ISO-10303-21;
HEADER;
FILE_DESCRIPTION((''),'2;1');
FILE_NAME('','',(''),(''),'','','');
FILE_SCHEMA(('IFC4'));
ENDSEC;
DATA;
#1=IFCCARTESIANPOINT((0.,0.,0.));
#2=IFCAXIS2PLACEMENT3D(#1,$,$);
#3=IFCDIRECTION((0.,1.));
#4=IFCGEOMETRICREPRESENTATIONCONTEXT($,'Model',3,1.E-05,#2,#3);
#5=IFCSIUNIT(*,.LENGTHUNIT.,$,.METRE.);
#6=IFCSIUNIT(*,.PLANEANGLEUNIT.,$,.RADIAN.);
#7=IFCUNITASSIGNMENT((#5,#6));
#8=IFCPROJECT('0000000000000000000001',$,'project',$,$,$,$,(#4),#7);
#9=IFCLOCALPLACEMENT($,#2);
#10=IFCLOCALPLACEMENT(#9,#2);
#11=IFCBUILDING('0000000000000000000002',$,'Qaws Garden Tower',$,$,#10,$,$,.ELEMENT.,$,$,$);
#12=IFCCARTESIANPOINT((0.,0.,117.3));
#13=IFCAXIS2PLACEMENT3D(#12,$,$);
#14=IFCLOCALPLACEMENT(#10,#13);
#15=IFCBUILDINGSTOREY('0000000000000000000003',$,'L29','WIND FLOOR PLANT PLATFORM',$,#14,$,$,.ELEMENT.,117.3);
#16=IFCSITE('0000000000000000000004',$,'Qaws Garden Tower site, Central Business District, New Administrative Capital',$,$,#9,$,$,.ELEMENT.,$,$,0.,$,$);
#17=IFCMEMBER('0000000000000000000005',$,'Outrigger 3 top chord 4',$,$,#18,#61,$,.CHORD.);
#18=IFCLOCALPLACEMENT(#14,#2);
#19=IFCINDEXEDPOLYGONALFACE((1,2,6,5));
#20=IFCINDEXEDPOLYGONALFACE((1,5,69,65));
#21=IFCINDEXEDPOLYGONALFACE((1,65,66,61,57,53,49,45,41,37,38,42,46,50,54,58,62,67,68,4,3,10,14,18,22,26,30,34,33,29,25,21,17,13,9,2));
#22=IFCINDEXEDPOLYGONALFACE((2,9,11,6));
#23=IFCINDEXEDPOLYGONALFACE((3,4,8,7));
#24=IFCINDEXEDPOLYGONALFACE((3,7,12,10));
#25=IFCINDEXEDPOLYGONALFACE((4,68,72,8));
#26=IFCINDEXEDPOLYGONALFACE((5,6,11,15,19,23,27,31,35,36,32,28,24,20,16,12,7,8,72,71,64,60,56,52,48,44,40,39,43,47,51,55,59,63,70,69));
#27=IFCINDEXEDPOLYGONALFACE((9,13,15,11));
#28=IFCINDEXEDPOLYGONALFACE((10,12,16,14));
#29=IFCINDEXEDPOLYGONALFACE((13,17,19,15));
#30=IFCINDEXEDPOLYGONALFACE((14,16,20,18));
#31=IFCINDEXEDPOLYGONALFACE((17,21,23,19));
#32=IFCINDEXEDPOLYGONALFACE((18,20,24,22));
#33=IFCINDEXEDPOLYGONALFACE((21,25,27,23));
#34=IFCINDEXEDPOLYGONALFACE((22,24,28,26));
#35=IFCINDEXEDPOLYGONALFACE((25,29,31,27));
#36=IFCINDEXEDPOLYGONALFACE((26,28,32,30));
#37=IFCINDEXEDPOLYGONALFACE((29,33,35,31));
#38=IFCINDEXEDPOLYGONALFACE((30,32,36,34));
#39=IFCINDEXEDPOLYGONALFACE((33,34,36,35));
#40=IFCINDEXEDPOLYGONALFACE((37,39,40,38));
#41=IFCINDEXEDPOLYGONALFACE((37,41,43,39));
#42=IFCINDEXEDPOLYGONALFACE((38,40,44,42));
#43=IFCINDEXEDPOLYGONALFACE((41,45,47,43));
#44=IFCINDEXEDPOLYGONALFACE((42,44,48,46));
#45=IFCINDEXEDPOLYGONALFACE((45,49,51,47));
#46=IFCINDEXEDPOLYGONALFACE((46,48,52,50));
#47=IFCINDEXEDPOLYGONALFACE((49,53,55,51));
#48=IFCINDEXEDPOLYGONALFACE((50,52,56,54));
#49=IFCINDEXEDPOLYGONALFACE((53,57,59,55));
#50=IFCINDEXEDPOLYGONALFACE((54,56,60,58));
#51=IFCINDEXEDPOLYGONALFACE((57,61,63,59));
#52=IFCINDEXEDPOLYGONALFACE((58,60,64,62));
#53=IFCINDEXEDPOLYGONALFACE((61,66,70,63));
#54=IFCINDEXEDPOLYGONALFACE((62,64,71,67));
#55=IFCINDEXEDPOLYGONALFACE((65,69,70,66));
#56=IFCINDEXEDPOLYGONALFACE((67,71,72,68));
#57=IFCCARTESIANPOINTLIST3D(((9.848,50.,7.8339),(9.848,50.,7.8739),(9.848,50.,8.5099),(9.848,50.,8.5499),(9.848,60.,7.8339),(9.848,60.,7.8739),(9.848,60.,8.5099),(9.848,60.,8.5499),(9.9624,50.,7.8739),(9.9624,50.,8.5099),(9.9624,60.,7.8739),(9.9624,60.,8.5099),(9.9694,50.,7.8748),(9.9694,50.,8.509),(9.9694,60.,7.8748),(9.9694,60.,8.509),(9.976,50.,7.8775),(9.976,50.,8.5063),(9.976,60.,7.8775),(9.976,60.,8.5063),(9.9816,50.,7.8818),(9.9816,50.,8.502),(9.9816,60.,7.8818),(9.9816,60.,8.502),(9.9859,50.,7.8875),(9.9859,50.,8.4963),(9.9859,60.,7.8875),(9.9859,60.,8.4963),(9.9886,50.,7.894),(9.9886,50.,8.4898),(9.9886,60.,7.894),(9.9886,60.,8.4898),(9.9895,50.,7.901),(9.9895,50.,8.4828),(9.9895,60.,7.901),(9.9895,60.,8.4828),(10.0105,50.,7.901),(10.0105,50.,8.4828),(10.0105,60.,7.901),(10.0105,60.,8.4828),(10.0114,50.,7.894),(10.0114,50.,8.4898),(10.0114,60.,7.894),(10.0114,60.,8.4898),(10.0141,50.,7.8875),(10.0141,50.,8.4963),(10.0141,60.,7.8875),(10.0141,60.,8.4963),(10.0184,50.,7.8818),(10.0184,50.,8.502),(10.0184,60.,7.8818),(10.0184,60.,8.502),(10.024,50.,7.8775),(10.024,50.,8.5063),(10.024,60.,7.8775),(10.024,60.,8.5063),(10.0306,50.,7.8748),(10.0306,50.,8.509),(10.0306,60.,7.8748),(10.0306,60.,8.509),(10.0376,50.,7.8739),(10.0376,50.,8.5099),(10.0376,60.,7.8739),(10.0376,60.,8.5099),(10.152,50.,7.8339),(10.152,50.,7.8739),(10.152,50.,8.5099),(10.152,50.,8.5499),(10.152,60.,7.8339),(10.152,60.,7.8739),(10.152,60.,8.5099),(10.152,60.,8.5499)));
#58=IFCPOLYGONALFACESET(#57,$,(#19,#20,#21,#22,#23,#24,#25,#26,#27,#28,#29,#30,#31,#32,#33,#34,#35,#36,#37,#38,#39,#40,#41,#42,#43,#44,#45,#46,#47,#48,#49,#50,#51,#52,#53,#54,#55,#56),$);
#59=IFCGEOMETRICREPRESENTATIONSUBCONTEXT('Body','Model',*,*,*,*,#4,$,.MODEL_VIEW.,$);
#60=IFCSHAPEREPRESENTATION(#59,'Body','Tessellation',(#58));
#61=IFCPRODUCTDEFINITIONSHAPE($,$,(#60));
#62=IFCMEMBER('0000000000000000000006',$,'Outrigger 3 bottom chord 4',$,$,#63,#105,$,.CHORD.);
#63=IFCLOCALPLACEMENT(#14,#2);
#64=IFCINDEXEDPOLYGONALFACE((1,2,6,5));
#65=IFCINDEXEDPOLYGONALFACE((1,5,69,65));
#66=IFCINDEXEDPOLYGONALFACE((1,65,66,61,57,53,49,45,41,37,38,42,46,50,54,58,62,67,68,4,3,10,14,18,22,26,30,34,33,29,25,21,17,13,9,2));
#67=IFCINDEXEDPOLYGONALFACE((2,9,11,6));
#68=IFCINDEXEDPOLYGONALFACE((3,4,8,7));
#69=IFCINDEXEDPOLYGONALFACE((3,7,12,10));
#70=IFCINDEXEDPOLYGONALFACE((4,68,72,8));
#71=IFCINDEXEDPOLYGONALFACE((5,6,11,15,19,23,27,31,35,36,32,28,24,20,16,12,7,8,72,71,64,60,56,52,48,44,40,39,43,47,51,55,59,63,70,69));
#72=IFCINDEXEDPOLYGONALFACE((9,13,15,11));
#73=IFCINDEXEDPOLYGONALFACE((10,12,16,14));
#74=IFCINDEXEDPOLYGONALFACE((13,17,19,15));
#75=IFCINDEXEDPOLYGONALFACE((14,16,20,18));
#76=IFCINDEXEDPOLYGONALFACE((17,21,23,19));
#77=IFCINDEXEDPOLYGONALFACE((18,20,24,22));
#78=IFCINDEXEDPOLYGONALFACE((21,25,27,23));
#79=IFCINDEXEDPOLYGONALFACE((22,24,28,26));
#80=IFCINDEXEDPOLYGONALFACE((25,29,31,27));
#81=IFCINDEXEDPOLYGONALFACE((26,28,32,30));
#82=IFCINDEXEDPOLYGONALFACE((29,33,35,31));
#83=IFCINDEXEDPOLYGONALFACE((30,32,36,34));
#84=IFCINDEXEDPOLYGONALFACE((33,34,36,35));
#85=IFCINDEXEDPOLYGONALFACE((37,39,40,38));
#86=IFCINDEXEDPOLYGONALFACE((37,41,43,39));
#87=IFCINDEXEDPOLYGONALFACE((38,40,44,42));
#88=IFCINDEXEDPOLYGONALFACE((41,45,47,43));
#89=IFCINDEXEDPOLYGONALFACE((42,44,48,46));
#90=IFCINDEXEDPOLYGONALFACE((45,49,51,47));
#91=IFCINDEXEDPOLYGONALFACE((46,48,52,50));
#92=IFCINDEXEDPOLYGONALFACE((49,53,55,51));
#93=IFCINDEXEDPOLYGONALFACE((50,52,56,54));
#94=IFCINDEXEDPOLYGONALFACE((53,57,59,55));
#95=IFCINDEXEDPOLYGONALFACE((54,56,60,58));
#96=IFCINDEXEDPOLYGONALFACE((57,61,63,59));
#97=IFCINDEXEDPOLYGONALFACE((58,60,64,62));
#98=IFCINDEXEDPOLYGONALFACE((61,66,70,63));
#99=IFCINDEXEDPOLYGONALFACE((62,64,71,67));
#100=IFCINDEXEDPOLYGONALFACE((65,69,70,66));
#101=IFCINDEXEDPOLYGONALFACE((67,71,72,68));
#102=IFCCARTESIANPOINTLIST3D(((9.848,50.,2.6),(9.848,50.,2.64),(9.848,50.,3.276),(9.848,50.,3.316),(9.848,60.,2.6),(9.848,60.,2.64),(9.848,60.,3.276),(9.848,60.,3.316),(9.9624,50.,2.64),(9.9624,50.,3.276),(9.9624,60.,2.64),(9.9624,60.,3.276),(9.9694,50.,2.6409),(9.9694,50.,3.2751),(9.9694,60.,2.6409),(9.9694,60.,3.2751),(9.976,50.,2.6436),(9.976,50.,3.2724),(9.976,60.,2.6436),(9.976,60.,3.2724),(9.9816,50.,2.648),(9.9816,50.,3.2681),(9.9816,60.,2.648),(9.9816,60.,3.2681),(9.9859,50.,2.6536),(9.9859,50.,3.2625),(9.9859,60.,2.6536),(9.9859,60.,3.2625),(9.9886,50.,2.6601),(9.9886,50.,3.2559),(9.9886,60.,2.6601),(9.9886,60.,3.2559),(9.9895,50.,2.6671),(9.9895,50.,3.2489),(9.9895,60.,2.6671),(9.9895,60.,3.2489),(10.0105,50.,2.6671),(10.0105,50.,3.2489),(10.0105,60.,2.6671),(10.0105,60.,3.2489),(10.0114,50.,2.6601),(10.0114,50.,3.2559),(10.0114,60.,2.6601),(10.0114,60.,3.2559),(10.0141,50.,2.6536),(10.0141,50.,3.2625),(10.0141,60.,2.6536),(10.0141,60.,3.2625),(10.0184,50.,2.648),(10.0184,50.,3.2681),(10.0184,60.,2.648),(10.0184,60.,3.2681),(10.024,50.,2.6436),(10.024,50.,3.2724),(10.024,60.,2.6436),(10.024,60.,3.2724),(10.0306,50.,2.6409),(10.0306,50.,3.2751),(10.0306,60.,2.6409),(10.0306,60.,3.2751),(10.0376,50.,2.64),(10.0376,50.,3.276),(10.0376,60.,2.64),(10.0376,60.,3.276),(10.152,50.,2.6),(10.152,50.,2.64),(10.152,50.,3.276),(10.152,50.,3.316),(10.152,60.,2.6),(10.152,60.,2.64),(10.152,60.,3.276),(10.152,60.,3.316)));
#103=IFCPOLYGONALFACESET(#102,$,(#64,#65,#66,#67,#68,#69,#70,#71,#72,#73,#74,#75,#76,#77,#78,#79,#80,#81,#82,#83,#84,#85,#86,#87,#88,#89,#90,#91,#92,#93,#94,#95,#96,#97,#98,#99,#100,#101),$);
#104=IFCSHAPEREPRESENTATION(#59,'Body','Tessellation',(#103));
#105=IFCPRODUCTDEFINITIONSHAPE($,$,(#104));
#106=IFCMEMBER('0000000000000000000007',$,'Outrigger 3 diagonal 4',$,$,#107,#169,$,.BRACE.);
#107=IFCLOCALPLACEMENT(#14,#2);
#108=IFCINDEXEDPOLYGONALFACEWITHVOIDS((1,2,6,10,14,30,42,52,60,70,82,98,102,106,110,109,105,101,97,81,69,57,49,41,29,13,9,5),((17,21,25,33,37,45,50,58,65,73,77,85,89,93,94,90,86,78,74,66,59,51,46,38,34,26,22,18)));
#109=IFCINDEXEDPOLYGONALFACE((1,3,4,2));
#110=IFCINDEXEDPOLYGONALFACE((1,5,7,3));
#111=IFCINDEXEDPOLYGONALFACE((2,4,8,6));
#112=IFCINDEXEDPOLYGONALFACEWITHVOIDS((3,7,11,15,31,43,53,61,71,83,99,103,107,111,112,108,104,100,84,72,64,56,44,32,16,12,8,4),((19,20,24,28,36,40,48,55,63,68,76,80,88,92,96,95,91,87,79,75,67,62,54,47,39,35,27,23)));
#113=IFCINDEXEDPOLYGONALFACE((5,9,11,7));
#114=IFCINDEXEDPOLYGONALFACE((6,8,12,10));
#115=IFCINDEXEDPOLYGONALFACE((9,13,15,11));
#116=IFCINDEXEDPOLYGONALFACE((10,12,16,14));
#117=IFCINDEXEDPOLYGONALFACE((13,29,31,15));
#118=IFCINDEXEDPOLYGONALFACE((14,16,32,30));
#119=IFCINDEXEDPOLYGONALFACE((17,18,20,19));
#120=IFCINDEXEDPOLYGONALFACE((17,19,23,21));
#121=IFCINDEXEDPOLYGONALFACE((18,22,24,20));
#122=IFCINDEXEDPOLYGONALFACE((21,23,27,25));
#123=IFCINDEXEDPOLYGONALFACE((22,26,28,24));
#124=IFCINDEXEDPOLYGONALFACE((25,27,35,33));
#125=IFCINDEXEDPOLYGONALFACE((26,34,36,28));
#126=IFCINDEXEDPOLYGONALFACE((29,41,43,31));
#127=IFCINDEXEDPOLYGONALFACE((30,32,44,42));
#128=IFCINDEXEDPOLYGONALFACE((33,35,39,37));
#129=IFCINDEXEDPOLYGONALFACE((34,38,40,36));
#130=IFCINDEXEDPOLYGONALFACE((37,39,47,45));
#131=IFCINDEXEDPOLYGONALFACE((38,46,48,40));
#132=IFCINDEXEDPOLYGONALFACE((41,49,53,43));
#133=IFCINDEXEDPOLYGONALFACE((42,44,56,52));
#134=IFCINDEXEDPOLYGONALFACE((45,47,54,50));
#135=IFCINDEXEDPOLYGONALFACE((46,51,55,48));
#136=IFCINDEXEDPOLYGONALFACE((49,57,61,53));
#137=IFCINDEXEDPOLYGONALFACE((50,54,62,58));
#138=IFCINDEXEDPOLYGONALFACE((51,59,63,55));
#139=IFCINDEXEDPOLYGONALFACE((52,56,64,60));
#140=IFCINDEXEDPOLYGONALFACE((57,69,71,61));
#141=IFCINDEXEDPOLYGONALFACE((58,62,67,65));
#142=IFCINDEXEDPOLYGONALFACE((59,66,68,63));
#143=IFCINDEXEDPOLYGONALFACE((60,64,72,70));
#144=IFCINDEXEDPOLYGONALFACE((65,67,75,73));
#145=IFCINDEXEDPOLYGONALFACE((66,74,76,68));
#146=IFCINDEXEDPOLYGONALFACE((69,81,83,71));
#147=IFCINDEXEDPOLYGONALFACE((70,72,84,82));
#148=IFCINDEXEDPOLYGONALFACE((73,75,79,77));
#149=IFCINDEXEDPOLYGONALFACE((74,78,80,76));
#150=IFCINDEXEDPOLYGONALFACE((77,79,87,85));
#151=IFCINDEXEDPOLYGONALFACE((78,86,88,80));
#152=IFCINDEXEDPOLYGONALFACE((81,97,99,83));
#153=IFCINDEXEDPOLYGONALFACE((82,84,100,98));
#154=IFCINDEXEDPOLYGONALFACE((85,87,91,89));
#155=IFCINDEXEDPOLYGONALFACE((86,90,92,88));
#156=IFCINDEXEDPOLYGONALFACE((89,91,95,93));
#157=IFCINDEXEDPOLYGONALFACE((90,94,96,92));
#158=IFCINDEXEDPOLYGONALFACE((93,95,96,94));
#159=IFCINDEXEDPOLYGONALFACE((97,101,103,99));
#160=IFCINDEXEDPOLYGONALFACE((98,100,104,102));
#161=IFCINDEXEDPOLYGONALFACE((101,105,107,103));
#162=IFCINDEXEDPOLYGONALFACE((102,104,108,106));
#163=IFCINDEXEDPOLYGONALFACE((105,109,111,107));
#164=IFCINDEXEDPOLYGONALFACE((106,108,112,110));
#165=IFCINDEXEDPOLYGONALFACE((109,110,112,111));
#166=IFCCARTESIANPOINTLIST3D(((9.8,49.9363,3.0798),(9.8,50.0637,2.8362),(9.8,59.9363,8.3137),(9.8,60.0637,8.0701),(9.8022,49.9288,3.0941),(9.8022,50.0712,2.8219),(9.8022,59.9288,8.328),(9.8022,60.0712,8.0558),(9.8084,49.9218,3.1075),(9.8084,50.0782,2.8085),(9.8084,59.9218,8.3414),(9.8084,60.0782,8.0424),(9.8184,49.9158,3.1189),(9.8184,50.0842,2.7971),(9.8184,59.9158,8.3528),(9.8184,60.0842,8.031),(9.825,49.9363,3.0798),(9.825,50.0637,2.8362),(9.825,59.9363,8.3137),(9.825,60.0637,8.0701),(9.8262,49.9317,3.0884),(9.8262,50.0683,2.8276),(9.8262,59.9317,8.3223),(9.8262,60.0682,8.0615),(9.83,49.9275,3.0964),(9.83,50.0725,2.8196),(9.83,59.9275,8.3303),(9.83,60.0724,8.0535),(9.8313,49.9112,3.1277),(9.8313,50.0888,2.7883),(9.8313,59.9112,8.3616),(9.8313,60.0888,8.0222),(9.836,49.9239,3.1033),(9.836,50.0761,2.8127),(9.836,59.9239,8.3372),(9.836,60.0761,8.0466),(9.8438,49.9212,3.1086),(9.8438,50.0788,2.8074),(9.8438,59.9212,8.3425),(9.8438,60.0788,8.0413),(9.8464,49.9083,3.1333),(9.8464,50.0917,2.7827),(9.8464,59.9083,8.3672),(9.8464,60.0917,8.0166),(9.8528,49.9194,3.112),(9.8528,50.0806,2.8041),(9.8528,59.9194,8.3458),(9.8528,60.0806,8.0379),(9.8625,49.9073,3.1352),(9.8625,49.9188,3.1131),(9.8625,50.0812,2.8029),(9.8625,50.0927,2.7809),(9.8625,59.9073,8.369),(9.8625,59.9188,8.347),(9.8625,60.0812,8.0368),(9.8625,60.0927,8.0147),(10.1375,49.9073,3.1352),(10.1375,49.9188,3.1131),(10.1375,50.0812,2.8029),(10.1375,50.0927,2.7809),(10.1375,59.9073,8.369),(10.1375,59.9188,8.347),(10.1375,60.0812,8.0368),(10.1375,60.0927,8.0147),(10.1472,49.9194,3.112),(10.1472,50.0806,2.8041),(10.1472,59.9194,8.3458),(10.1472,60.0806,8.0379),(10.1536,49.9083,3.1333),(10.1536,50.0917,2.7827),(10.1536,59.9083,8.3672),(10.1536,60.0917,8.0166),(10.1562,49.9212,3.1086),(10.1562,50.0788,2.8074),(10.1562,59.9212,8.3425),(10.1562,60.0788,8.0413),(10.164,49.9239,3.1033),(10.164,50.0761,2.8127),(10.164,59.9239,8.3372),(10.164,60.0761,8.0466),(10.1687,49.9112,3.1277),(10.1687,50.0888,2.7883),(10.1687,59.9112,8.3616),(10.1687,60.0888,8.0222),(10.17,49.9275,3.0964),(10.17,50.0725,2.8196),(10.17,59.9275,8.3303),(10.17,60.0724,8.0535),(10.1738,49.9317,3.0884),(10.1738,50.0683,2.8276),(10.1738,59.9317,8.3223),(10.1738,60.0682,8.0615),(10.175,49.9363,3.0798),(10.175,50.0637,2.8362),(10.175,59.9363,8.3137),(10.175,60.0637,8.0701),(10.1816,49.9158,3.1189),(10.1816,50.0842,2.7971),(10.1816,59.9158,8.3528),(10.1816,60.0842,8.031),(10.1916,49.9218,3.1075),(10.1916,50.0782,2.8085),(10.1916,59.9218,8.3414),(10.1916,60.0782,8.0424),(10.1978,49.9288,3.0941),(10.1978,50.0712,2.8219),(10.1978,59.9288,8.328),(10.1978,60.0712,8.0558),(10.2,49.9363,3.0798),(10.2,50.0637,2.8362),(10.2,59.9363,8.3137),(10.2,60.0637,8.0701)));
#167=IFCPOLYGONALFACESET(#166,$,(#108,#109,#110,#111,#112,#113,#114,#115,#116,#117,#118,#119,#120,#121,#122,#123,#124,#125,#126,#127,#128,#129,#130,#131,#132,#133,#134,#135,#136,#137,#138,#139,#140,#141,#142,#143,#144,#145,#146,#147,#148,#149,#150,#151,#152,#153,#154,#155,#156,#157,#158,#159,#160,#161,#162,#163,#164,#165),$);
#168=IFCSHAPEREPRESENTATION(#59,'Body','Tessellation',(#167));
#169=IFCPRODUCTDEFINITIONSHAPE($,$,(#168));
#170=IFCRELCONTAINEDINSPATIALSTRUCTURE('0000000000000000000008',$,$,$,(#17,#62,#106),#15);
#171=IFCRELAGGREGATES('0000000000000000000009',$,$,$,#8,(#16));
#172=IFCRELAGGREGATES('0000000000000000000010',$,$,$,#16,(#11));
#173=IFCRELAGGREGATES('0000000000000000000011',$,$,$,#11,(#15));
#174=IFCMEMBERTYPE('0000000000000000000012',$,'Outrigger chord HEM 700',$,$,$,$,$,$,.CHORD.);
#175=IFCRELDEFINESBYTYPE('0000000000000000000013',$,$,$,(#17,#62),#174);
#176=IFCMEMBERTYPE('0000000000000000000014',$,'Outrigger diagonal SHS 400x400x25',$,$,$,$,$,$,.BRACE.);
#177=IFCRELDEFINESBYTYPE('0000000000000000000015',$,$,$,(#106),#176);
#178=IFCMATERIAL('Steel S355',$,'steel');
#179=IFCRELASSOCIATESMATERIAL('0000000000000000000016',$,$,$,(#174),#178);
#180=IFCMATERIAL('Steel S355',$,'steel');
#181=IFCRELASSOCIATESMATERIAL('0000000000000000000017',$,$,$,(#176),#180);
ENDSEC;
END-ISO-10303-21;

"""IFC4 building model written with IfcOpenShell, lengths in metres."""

from ifc_helpers import new_model, si_unit, direction, frame, origin, origin_2d, place, context, subcontext, project, spatial, hollow_rectangle, i_section, extrude, material, material_profile, profile_set, type_object, element, save


model = new_model("IFC4")

# Units and contexts
model_context = context("Model", 3, precision=1e-05, world=origin(), true_north=direction((0.0, 1.0)))
body_context = subcontext(model_context, "Body", "Model", "MODEL_VIEW")
ifc_project = project(units=[si_unit("LENGTHUNIT", "METRE"), si_unit("PLANEANGLEUNIT", "RADIAN")], contexts=[model_context])

# Site, building, storey
site_placement = place(None, origin())
site = spatial("IfcSite", under=ifc_project, at=site_placement, Name="Qaws Garden Tower site, Central Business District, New Administrative Capital", CompositionType="ELEMENT", RefElevation=0.0)
building_placement = place(site_placement, origin())
building = spatial("IfcBuilding", under=site, at=building_placement, Name="Qaws Garden Tower", CompositionType="ELEMENT")
storey_placement = place(building_placement, frame((0.0, 0.0, 117.3)))
storey = spatial("IfcBuildingStorey", under=building, at=storey_placement, Name="L29", Description="WIND FLOOR PLANT PLATFORM", CompositionType="ELEMENT", Elevation=117.3)

# Members
ifc_material_1 = material(Name="Steel S355", Category="steel")
ifc_material_profile_1 = material_profile(ifc_material_1, i_section(OverallWidth=0.304, OverallDepth=0.7161, WebThickness=0.021, FlangeThickness=0.04, FilletRadius=0.0271, at=origin_2d()), Name="HEM 700")
ifc_profile_set_1 = profile_set([ifc_material_profile_1], Name="Steel S355")
member_type_1 = type_object("IfcMemberType", Name="Outrigger chord HEM 700", PredefinedType="CHORD", material=ifc_profile_set_1)
for number, where, z_axis, x_axis, name in (
    (1, (10.0, 50.0, 8.1919), (0.0, 1.0, 0.0), (-1.0, 0.0, 0.0), "Outrigger 3 top chord 4"),
    (2, (10.0, 50.0, 2.958), (0.0, 1.0, 0.0), (-1.0, 0.0, 0.0), "Outrigger 3 bottom chord 4"),
):
    element("IfcMember", number, at=place(storey_placement, frame(where, z_axis=z_axis, x_axis=x_axis)), inside=storey, type_object=member_type_1, Name=name, PredefinedType="CHORD", context=body_context, shape_type="SweptSolid", body=[
        extrude(i_section(OverallWidth=0.304, OverallDepth=0.7161, WebThickness=0.021, FlangeThickness=0.04, FilletRadius=0.0271, at=origin_2d()), origin(), (0.0, 0.0, 1.0), 10.0),
    ])
ifc_material_2 = material(Name="Steel S355", Category="steel")
ifc_material_profile_2 = material_profile(ifc_material_2, hollow_rectangle(XDim=0.3999, YDim=0.3999, WallThickness=0.0249, InnerFilletRadius=0.0376, OuterFilletRadius=0.0625, at=origin_2d()), Name="SHS 400x400x25")
ifc_profile_set_2 = profile_set([ifc_material_profile_2], Name="Steel S355")
member_type_2 = type_object("IfcMemberType", Name="Outrigger diagonal SHS 400x400x25", PredefinedType="BRACE", material=ifc_profile_set_2)
member_1_placement = place(storey_placement, frame((10.0, 50.0, 2.958), z_axis=(0.0, 0.885985, 0.463714), x_axis=(-1.0, 0.0, 0.0)))
element("IfcMember", 3, at=member_1_placement, inside=storey, type_object=member_type_2, Name="Outrigger 3 diagonal 4", PredefinedType="BRACE", context=body_context, shape_type="SweptSolid", body=[
    extrude(hollow_rectangle(XDim=0.3999, YDim=0.3999, WallThickness=0.0249, InnerFilletRadius=0.0376, OuterFilletRadius=0.0625, at=origin_2d()), origin(), (0.0, 0.0, 1.0), 11.2869),
])

save(model, "model.ifc")
